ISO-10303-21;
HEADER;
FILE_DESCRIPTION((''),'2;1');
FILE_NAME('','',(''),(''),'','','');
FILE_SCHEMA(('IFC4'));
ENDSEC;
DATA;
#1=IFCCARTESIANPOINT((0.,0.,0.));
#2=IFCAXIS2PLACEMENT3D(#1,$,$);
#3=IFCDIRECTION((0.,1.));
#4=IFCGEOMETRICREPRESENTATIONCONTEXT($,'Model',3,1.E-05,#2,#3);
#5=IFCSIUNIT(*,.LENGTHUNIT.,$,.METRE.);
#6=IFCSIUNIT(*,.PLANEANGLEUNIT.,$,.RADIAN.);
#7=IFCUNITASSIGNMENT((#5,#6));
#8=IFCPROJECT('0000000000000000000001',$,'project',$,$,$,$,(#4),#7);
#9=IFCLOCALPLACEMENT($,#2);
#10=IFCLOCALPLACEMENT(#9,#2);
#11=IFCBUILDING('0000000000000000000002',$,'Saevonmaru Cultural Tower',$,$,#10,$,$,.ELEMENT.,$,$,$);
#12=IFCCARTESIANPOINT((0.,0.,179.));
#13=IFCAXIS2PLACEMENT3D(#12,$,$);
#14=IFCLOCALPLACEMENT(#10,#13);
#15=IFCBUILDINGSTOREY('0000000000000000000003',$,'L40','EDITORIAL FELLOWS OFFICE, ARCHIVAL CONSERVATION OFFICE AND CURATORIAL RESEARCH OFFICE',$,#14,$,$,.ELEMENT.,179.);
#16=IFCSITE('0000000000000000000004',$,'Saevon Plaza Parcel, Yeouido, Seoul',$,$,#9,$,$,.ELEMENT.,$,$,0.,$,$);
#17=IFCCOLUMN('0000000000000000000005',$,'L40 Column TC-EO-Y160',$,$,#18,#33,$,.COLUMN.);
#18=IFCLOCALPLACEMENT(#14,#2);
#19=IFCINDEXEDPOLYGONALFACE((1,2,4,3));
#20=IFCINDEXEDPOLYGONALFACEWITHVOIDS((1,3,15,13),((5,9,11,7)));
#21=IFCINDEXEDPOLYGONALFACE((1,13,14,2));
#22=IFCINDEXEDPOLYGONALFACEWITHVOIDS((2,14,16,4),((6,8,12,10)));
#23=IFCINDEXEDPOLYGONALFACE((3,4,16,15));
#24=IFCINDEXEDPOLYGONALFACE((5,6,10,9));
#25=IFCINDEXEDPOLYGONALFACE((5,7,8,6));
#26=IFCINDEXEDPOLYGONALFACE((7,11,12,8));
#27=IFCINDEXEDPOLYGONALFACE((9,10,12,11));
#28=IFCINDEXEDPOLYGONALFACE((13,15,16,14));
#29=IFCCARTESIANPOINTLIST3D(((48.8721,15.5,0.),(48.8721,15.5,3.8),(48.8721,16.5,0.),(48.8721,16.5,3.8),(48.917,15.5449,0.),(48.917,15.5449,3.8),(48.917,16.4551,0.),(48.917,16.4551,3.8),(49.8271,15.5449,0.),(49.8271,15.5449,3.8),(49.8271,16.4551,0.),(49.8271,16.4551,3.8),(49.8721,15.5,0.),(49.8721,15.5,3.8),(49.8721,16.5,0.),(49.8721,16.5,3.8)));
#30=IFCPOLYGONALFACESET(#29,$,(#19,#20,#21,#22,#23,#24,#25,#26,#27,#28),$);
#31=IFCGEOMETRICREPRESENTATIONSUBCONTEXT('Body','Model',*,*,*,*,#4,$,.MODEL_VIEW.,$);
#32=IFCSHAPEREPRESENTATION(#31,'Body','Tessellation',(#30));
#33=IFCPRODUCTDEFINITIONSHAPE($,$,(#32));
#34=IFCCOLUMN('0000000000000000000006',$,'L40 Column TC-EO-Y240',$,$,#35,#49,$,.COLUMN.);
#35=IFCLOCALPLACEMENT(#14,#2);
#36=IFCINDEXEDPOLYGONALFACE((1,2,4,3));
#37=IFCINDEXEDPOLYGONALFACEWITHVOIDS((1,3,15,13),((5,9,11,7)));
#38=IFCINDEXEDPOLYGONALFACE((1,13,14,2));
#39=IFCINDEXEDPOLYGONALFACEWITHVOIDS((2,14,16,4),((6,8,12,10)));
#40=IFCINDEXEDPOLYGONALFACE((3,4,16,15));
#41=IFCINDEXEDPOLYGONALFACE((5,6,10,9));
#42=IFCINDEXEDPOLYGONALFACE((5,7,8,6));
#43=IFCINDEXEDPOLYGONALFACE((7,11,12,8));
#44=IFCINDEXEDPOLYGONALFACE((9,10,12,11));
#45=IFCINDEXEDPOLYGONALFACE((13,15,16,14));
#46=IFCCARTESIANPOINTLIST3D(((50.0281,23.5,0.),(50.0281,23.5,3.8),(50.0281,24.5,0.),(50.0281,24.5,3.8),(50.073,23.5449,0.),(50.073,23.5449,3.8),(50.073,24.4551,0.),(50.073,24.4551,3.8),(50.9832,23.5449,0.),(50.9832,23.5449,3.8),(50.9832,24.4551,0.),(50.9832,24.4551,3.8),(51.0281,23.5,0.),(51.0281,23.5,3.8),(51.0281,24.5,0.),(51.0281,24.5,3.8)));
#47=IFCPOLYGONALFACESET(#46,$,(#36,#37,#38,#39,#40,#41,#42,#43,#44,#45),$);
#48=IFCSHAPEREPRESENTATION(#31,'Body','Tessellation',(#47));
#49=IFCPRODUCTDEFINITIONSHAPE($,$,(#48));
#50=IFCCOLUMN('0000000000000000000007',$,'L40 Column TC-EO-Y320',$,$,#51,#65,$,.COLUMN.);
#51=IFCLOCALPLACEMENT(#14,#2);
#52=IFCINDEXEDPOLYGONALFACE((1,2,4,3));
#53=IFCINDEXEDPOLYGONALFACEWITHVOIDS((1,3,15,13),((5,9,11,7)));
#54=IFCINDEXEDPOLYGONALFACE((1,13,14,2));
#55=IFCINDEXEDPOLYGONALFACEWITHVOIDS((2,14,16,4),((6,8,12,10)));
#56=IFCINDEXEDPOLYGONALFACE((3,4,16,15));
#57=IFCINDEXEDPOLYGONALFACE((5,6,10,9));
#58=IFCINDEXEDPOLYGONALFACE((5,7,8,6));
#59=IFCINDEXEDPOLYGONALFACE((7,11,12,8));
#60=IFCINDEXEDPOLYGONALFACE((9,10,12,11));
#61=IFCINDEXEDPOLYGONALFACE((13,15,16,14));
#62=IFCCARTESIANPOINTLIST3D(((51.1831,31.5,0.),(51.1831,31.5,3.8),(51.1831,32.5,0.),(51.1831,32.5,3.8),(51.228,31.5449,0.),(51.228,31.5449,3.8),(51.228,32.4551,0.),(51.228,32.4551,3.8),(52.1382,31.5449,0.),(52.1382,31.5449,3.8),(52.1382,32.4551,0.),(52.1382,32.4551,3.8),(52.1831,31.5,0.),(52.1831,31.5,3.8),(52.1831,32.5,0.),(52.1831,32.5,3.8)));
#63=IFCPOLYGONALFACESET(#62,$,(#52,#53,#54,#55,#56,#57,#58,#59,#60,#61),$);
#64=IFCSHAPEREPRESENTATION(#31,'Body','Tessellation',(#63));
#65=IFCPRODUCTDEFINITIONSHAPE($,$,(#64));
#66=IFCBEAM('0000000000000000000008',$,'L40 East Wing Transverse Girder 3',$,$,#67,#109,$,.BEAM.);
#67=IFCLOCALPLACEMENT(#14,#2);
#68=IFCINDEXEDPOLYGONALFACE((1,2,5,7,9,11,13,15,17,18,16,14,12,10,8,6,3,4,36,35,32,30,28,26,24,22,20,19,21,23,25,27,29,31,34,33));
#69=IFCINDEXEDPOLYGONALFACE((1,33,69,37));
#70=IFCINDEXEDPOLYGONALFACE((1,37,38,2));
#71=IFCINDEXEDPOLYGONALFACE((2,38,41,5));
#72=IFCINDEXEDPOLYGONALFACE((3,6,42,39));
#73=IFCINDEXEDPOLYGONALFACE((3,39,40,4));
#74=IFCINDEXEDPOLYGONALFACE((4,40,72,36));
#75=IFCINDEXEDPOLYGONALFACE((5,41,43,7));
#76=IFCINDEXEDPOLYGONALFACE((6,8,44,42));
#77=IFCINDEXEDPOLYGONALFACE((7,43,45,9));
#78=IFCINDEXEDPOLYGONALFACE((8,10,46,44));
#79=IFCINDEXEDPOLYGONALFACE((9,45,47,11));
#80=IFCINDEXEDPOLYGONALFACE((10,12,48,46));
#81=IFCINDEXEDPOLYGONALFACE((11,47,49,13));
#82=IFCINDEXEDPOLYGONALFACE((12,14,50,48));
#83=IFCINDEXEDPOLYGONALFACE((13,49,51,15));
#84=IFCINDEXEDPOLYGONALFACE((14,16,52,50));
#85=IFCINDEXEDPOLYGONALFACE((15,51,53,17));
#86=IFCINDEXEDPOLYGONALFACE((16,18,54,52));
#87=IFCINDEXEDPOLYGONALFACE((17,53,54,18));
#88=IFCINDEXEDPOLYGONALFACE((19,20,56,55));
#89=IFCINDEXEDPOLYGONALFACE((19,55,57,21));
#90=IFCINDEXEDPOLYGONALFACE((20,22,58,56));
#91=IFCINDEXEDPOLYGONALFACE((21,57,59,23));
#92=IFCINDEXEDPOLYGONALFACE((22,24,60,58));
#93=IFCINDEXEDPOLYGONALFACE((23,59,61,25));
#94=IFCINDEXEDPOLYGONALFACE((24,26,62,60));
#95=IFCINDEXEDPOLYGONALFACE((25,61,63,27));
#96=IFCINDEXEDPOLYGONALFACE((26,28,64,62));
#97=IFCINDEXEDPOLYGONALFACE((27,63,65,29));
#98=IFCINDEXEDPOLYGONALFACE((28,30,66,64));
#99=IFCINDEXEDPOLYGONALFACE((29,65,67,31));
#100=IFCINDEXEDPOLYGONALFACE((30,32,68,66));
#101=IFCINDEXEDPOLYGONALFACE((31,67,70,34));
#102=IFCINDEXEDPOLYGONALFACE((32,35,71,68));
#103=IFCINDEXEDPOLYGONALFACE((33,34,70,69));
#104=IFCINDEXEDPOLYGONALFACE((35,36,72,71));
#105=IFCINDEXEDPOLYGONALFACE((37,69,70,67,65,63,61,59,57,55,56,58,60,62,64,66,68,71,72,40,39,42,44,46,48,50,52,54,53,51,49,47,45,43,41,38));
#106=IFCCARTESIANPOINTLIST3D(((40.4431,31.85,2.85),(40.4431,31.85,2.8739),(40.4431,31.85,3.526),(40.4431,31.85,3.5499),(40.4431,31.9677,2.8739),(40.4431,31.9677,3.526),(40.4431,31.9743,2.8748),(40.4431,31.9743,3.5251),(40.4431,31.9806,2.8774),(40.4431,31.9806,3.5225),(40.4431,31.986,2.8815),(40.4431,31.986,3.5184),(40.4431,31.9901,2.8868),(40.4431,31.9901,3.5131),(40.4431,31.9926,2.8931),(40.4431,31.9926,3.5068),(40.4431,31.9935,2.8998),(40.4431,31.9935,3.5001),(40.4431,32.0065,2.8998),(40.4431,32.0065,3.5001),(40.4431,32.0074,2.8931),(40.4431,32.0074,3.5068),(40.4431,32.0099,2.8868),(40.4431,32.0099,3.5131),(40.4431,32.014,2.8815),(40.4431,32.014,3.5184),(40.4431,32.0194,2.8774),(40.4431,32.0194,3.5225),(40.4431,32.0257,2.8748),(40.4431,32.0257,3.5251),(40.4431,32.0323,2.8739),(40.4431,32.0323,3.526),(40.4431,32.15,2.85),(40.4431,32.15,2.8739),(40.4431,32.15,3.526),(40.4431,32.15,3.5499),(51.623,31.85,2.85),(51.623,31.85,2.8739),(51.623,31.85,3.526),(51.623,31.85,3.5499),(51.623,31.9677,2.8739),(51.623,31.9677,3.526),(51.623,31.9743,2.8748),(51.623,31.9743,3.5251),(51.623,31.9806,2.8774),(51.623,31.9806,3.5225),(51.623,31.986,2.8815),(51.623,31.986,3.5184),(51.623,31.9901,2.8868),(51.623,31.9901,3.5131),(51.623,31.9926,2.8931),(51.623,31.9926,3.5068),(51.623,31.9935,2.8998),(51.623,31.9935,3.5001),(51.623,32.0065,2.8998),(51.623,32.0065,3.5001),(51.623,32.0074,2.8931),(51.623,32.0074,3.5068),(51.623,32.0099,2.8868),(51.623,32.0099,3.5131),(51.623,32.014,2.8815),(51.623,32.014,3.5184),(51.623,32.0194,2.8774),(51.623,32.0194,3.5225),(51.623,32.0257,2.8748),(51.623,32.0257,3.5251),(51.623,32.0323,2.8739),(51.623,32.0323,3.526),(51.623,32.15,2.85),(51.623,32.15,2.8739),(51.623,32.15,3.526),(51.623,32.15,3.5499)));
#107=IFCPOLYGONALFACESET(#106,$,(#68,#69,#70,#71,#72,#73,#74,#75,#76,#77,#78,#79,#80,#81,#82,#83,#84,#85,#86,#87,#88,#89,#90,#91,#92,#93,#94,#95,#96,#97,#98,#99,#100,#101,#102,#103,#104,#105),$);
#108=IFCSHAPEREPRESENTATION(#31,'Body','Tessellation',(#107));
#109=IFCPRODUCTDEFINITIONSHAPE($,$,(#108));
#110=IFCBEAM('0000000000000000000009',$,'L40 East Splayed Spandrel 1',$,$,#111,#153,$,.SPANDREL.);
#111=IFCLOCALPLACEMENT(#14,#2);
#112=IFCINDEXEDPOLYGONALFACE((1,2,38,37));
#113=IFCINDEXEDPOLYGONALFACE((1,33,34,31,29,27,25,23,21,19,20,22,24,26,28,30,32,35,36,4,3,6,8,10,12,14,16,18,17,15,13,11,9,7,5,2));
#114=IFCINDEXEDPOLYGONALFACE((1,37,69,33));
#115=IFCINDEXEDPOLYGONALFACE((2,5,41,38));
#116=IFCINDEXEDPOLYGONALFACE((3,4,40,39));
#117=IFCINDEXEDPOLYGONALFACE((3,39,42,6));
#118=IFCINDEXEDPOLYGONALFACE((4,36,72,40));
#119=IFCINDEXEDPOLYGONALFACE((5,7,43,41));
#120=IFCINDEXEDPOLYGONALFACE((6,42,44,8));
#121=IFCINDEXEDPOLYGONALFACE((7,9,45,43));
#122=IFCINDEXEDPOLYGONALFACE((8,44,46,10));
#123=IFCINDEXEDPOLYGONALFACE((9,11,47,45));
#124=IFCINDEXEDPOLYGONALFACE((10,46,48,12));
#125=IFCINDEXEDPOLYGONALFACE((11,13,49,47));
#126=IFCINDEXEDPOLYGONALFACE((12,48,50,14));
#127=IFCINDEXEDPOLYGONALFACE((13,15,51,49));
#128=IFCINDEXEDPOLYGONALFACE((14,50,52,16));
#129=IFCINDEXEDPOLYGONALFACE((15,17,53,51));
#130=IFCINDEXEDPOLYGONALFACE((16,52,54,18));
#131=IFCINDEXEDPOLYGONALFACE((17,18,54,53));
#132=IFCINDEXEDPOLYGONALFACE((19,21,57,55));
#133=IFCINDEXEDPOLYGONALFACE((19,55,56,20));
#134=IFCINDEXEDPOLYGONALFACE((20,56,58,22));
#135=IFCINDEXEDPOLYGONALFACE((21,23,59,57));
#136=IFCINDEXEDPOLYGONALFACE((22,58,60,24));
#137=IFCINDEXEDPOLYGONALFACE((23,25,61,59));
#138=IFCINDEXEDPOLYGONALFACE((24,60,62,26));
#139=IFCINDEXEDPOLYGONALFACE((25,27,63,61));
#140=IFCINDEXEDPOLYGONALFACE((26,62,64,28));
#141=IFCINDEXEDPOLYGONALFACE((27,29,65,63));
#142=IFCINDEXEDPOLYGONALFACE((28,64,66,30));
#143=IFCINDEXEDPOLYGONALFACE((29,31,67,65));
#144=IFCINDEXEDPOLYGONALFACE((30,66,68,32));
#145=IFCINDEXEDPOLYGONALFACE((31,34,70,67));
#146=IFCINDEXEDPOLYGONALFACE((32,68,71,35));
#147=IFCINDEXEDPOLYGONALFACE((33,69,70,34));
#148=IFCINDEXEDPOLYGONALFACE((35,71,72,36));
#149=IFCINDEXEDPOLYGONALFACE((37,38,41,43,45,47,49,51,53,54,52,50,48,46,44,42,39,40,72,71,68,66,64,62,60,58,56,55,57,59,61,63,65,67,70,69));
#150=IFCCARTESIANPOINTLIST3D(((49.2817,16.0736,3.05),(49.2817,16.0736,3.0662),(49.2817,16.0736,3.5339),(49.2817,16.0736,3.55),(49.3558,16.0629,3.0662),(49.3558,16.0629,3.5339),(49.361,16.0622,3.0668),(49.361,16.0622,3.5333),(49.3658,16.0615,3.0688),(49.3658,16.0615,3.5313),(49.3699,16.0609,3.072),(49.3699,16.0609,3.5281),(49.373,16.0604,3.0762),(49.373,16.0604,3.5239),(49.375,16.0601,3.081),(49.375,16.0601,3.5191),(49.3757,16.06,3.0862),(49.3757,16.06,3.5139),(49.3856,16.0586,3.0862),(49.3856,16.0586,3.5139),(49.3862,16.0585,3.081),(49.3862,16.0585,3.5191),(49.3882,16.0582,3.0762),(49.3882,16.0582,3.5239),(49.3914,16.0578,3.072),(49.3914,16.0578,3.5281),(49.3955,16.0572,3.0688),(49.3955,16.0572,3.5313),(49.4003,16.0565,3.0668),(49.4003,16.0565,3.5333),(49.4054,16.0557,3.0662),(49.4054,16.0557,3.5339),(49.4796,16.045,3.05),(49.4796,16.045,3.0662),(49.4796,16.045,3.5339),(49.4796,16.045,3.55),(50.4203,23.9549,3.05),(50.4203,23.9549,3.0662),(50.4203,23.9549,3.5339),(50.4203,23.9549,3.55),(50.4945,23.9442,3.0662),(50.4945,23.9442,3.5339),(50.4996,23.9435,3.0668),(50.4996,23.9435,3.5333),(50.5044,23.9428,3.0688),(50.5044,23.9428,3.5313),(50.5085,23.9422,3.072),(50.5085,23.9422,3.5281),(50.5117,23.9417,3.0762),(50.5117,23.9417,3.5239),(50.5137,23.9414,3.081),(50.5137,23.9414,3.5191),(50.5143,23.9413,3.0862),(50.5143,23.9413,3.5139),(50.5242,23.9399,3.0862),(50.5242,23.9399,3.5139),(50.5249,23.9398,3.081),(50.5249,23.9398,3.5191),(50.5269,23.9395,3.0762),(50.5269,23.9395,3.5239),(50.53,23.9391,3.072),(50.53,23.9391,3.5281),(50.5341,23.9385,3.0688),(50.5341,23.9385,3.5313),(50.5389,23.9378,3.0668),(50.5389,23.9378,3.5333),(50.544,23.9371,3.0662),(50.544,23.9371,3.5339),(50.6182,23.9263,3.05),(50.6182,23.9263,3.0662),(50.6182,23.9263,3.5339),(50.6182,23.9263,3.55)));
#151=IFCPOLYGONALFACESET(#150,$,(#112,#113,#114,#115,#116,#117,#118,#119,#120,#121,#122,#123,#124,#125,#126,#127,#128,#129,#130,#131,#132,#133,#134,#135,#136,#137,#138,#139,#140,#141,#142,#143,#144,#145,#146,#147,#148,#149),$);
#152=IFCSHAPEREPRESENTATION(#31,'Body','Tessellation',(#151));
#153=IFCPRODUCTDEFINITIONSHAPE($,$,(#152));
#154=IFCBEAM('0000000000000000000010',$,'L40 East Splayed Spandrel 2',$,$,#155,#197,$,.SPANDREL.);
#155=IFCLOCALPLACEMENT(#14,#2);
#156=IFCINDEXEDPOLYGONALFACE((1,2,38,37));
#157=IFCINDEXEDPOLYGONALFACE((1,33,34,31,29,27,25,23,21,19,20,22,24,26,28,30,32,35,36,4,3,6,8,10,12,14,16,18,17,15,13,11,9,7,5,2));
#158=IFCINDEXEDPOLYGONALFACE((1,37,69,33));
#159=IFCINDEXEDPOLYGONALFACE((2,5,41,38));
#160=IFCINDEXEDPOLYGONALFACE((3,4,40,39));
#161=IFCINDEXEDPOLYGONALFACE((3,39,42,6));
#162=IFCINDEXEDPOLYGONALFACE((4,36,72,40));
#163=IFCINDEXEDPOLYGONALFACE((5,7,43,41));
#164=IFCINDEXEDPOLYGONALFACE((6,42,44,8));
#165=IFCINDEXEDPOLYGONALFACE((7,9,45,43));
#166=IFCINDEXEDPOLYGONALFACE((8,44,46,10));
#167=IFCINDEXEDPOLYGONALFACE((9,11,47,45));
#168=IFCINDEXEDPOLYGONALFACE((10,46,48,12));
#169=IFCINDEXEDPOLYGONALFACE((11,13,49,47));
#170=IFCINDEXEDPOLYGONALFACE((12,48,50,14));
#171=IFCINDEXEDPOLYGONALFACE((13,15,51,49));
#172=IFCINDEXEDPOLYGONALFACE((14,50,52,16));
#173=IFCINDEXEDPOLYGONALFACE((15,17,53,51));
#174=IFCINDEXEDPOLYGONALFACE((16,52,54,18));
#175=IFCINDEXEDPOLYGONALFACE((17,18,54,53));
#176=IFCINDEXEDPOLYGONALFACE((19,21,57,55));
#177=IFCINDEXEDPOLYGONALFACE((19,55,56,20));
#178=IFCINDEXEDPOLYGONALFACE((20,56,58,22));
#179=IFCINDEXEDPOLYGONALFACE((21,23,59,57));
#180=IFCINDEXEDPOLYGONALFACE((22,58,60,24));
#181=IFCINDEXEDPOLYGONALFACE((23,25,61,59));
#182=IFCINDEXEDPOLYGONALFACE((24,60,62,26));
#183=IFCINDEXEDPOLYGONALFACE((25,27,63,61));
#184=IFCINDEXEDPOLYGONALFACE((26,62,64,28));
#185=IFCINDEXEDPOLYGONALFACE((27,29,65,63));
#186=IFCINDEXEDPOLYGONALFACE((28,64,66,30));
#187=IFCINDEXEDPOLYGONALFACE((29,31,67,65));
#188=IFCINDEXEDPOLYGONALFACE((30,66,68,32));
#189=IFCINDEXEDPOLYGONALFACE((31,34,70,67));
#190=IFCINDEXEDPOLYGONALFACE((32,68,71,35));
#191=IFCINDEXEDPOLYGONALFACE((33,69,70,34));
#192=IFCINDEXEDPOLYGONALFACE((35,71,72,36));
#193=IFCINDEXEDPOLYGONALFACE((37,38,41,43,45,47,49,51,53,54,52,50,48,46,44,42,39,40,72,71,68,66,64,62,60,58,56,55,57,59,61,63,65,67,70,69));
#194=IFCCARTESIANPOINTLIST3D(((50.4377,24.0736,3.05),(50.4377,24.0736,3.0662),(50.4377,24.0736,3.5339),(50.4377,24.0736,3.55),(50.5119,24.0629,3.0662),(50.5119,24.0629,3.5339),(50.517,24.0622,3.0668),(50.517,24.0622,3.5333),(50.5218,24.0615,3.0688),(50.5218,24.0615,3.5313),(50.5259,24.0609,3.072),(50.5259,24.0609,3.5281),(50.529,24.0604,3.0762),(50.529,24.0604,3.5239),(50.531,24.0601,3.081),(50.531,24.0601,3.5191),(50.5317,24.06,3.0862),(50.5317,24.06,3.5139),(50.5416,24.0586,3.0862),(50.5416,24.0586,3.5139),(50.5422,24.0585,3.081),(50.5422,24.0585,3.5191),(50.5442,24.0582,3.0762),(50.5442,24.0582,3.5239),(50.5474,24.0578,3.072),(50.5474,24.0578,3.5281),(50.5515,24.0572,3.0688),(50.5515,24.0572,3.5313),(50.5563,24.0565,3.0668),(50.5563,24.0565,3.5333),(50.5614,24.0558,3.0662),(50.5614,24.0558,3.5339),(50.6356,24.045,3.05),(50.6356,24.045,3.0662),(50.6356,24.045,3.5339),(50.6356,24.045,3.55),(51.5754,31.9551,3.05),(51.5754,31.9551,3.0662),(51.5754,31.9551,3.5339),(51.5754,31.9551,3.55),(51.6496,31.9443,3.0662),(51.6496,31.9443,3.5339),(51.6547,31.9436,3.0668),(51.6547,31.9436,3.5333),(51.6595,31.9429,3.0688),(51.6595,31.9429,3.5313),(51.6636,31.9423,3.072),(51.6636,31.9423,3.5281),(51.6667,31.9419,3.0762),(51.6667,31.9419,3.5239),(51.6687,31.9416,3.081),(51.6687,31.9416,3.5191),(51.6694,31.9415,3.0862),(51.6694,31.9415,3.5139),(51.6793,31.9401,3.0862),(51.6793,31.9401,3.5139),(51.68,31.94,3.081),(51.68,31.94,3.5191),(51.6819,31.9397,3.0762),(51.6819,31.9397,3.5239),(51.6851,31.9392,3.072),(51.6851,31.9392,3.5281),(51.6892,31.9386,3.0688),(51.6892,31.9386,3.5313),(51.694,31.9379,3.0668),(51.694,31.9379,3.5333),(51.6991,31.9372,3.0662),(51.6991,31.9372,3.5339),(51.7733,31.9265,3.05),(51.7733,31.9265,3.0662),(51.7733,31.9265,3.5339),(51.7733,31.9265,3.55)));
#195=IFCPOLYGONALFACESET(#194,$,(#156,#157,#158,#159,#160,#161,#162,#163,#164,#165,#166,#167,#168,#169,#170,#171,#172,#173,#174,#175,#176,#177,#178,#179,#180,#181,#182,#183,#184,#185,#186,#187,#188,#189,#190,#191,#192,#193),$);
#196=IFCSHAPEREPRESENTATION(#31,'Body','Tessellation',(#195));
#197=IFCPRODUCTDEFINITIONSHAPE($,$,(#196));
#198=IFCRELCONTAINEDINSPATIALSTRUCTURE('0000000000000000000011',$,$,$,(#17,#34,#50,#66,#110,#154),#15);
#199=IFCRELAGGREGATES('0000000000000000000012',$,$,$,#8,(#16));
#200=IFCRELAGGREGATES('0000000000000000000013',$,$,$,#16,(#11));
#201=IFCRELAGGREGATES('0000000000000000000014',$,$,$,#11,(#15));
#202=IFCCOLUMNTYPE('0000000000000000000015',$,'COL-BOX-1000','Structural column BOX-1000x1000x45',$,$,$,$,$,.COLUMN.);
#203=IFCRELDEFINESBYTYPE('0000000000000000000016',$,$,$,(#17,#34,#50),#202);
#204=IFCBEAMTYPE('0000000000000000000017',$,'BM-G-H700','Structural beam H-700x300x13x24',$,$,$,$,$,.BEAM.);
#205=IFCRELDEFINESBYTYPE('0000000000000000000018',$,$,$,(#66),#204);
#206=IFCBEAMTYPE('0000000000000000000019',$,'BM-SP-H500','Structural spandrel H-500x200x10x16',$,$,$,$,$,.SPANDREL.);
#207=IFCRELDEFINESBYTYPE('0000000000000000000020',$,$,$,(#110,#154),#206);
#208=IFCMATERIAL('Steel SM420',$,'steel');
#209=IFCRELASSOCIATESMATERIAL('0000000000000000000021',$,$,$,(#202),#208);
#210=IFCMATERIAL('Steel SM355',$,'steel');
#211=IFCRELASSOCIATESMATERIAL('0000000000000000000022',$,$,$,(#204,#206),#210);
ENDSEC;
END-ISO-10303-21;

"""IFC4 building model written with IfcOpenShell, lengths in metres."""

from ifc_helpers import new_model, si_unit, direction, frame, origin, origin_2d, place, context, subcontext, project, spatial, hollow_rectangle, i_section, extrude, material, material_profile, profile_set, type_object, element, save


model = new_model("IFC4")

# Units and contexts
model_context = context("Model", 3, precision=1e-05, world=origin(), true_north=direction((0.0, 1.0)))
body_context = subcontext(model_context, "Body", "Model", "MODEL_VIEW")
ifc_project = project(units=[si_unit("LENGTHUNIT", "METRE"), si_unit("PLANEANGLEUNIT", "RADIAN")], contexts=[model_context])

# Site, building, storey
site_placement = place(None, origin())
site = spatial("IfcSite", under=ifc_project, at=site_placement, Name="Saevon Plaza Parcel, Yeouido, Seoul", CompositionType="ELEMENT", RefElevation=0.0)
building_placement = place(site_placement, origin())
building = spatial("IfcBuilding", under=site, at=building_placement, Name="Saevonmaru Cultural Tower", CompositionType="ELEMENT")
storey_placement = place(building_placement, frame((0.0, 0.0, 179.0)))
storey = spatial("IfcBuildingStorey", under=building, at=storey_placement, Name="L40", Description="EDITORIAL FELLOWS OFFICE, ARCHIVAL CONSERVATION OFFICE AND CURATORIAL RESEARCH OFFICE", CompositionType="ELEMENT", Elevation=179.0)

# Columns
ifc_material_1 = material(Name="Steel SM420", Category="steel")
ifc_material_profile_1 = material_profile(ifc_material_1, hollow_rectangle(XDim=1.0, YDim=1.0, WallThickness=0.0449, at=origin_2d()), Name="BOX-1000x1000x45")
ifc_profile_set_1 = profile_set([ifc_material_profile_1], Name="Steel SM420")
column_type = type_object("IfcColumnType", Name="COL-BOX-1000", Description="Structural column BOX-1000x1000x45", PredefinedType="COLUMN", material=ifc_profile_set_1)
for number, where, z_axis, x_axis, name in (
    (1, (49.3721, 16.0, 0.0), (0.0, 0.0, 1.0), (1.0, 0.0, 0.0), "L40 Column TC-EO-Y160"),
    (2, (50.5281, 24.0, 0.0), (0.0, 0.0, 1.0), (1.0, 0.0, 0.0), "L40 Column TC-EO-Y240"),
    (3, (51.6831, 32.0, 0.0), (0.0, 0.0, 1.0), (1.0, 0.0, 0.0), "L40 Column TC-EO-Y320"),
):
    element("IfcColumn", number, at=place(storey_placement, frame(where, z_axis=z_axis, x_axis=x_axis)), inside=storey, type_object=column_type, Name=name, PredefinedType="COLUMN", context=body_context, shape_type="SweptSolid", body=[
        extrude(hollow_rectangle(XDim=1.0, YDim=1.0, WallThickness=0.0449, at=origin_2d()), origin(), (0.0, 0.0, 1.0), 3.8),
    ])

# Beams
ifc_material_2 = material(Name="Steel SM355", Category="steel")
ifc_material_profile_2 = material_profile(ifc_material_2, i_section(OverallWidth=0.3, OverallDepth=0.7, WebThickness=0.0129, FlangeThickness=0.0239, FilletRadius=0.0259, at=origin_2d()), Name="H-700x300x13x24")
ifc_profile_set_2 = profile_set([ifc_material_profile_2], Name="Steel SM355")
beam_type_1 = type_object("IfcBeamType", Name="BM-G-H700", Description="Structural beam H-700x300x13x24", PredefinedType="BEAM", material=ifc_profile_set_2)
beam_placement = place(storey_placement, frame((40.4431, 32.0, 3.2), z_axis=(1.0, 0.0, 0.0), x_axis=(0.0, 1.0, 0.0)))
element("IfcBeam", 4, at=beam_placement, inside=storey, type_object=beam_type_1, Name="L40 East Wing Transverse Girder 3", PredefinedType="BEAM", context=body_context, shape_type="SweptSolid", body=[
    extrude(i_section(OverallWidth=0.3, OverallDepth=0.7, WebThickness=0.0129, FlangeThickness=0.0239, FilletRadius=0.0259, at=origin_2d()), origin(), (0.0, 0.0, 1.0), 11.1799),
])
ifc_material_profile_3 = material_profile(ifc_material_2, i_section(OverallWidth=0.2, OverallDepth=0.5, WebThickness=0.01, FlangeThickness=0.0161, FilletRadius=0.02, at=origin_2d()), Name="H-500x200x10x16")
ifc_profile_set_3 = profile_set([ifc_material_profile_3], Name="Steel SM355")
beam_type_2 = type_object("IfcBeamType", Name="BM-SP-H500", Description="Structural spandrel H-500x200x10x16", PredefinedType="SPANDREL", material=ifc_profile_set_3)
for number, where, z_axis, x_axis, name in (
    (5, (49.3806, 16.0593, 3.3), (0.142992, 0.989724, 0.0), (-0.989724, 0.142992, 0.0), "L40 East Splayed Spandrel 1"),
    (6, (50.5366, 24.0593, 3.3), (0.142872, 0.989741, 0.0), (-0.989741, 0.142872, 0.0), "L40 East Splayed Spandrel 2"),
):
    element("IfcBeam", number, at=place(storey_placement, frame(where, z_axis=z_axis, x_axis=x_axis)), inside=storey, type_object=beam_type_2, Name=name, PredefinedType="SPANDREL", context=body_context, shape_type="SweptSolid", body=[
        extrude(i_section(OverallWidth=0.2, OverallDepth=0.5, WebThickness=0.01, FlangeThickness=0.0161, FilletRadius=0.02, at=origin_2d()), origin(), (0.0, 0.0, 1.0), 7.9631),
    ])

save(model, "model.ifc")
